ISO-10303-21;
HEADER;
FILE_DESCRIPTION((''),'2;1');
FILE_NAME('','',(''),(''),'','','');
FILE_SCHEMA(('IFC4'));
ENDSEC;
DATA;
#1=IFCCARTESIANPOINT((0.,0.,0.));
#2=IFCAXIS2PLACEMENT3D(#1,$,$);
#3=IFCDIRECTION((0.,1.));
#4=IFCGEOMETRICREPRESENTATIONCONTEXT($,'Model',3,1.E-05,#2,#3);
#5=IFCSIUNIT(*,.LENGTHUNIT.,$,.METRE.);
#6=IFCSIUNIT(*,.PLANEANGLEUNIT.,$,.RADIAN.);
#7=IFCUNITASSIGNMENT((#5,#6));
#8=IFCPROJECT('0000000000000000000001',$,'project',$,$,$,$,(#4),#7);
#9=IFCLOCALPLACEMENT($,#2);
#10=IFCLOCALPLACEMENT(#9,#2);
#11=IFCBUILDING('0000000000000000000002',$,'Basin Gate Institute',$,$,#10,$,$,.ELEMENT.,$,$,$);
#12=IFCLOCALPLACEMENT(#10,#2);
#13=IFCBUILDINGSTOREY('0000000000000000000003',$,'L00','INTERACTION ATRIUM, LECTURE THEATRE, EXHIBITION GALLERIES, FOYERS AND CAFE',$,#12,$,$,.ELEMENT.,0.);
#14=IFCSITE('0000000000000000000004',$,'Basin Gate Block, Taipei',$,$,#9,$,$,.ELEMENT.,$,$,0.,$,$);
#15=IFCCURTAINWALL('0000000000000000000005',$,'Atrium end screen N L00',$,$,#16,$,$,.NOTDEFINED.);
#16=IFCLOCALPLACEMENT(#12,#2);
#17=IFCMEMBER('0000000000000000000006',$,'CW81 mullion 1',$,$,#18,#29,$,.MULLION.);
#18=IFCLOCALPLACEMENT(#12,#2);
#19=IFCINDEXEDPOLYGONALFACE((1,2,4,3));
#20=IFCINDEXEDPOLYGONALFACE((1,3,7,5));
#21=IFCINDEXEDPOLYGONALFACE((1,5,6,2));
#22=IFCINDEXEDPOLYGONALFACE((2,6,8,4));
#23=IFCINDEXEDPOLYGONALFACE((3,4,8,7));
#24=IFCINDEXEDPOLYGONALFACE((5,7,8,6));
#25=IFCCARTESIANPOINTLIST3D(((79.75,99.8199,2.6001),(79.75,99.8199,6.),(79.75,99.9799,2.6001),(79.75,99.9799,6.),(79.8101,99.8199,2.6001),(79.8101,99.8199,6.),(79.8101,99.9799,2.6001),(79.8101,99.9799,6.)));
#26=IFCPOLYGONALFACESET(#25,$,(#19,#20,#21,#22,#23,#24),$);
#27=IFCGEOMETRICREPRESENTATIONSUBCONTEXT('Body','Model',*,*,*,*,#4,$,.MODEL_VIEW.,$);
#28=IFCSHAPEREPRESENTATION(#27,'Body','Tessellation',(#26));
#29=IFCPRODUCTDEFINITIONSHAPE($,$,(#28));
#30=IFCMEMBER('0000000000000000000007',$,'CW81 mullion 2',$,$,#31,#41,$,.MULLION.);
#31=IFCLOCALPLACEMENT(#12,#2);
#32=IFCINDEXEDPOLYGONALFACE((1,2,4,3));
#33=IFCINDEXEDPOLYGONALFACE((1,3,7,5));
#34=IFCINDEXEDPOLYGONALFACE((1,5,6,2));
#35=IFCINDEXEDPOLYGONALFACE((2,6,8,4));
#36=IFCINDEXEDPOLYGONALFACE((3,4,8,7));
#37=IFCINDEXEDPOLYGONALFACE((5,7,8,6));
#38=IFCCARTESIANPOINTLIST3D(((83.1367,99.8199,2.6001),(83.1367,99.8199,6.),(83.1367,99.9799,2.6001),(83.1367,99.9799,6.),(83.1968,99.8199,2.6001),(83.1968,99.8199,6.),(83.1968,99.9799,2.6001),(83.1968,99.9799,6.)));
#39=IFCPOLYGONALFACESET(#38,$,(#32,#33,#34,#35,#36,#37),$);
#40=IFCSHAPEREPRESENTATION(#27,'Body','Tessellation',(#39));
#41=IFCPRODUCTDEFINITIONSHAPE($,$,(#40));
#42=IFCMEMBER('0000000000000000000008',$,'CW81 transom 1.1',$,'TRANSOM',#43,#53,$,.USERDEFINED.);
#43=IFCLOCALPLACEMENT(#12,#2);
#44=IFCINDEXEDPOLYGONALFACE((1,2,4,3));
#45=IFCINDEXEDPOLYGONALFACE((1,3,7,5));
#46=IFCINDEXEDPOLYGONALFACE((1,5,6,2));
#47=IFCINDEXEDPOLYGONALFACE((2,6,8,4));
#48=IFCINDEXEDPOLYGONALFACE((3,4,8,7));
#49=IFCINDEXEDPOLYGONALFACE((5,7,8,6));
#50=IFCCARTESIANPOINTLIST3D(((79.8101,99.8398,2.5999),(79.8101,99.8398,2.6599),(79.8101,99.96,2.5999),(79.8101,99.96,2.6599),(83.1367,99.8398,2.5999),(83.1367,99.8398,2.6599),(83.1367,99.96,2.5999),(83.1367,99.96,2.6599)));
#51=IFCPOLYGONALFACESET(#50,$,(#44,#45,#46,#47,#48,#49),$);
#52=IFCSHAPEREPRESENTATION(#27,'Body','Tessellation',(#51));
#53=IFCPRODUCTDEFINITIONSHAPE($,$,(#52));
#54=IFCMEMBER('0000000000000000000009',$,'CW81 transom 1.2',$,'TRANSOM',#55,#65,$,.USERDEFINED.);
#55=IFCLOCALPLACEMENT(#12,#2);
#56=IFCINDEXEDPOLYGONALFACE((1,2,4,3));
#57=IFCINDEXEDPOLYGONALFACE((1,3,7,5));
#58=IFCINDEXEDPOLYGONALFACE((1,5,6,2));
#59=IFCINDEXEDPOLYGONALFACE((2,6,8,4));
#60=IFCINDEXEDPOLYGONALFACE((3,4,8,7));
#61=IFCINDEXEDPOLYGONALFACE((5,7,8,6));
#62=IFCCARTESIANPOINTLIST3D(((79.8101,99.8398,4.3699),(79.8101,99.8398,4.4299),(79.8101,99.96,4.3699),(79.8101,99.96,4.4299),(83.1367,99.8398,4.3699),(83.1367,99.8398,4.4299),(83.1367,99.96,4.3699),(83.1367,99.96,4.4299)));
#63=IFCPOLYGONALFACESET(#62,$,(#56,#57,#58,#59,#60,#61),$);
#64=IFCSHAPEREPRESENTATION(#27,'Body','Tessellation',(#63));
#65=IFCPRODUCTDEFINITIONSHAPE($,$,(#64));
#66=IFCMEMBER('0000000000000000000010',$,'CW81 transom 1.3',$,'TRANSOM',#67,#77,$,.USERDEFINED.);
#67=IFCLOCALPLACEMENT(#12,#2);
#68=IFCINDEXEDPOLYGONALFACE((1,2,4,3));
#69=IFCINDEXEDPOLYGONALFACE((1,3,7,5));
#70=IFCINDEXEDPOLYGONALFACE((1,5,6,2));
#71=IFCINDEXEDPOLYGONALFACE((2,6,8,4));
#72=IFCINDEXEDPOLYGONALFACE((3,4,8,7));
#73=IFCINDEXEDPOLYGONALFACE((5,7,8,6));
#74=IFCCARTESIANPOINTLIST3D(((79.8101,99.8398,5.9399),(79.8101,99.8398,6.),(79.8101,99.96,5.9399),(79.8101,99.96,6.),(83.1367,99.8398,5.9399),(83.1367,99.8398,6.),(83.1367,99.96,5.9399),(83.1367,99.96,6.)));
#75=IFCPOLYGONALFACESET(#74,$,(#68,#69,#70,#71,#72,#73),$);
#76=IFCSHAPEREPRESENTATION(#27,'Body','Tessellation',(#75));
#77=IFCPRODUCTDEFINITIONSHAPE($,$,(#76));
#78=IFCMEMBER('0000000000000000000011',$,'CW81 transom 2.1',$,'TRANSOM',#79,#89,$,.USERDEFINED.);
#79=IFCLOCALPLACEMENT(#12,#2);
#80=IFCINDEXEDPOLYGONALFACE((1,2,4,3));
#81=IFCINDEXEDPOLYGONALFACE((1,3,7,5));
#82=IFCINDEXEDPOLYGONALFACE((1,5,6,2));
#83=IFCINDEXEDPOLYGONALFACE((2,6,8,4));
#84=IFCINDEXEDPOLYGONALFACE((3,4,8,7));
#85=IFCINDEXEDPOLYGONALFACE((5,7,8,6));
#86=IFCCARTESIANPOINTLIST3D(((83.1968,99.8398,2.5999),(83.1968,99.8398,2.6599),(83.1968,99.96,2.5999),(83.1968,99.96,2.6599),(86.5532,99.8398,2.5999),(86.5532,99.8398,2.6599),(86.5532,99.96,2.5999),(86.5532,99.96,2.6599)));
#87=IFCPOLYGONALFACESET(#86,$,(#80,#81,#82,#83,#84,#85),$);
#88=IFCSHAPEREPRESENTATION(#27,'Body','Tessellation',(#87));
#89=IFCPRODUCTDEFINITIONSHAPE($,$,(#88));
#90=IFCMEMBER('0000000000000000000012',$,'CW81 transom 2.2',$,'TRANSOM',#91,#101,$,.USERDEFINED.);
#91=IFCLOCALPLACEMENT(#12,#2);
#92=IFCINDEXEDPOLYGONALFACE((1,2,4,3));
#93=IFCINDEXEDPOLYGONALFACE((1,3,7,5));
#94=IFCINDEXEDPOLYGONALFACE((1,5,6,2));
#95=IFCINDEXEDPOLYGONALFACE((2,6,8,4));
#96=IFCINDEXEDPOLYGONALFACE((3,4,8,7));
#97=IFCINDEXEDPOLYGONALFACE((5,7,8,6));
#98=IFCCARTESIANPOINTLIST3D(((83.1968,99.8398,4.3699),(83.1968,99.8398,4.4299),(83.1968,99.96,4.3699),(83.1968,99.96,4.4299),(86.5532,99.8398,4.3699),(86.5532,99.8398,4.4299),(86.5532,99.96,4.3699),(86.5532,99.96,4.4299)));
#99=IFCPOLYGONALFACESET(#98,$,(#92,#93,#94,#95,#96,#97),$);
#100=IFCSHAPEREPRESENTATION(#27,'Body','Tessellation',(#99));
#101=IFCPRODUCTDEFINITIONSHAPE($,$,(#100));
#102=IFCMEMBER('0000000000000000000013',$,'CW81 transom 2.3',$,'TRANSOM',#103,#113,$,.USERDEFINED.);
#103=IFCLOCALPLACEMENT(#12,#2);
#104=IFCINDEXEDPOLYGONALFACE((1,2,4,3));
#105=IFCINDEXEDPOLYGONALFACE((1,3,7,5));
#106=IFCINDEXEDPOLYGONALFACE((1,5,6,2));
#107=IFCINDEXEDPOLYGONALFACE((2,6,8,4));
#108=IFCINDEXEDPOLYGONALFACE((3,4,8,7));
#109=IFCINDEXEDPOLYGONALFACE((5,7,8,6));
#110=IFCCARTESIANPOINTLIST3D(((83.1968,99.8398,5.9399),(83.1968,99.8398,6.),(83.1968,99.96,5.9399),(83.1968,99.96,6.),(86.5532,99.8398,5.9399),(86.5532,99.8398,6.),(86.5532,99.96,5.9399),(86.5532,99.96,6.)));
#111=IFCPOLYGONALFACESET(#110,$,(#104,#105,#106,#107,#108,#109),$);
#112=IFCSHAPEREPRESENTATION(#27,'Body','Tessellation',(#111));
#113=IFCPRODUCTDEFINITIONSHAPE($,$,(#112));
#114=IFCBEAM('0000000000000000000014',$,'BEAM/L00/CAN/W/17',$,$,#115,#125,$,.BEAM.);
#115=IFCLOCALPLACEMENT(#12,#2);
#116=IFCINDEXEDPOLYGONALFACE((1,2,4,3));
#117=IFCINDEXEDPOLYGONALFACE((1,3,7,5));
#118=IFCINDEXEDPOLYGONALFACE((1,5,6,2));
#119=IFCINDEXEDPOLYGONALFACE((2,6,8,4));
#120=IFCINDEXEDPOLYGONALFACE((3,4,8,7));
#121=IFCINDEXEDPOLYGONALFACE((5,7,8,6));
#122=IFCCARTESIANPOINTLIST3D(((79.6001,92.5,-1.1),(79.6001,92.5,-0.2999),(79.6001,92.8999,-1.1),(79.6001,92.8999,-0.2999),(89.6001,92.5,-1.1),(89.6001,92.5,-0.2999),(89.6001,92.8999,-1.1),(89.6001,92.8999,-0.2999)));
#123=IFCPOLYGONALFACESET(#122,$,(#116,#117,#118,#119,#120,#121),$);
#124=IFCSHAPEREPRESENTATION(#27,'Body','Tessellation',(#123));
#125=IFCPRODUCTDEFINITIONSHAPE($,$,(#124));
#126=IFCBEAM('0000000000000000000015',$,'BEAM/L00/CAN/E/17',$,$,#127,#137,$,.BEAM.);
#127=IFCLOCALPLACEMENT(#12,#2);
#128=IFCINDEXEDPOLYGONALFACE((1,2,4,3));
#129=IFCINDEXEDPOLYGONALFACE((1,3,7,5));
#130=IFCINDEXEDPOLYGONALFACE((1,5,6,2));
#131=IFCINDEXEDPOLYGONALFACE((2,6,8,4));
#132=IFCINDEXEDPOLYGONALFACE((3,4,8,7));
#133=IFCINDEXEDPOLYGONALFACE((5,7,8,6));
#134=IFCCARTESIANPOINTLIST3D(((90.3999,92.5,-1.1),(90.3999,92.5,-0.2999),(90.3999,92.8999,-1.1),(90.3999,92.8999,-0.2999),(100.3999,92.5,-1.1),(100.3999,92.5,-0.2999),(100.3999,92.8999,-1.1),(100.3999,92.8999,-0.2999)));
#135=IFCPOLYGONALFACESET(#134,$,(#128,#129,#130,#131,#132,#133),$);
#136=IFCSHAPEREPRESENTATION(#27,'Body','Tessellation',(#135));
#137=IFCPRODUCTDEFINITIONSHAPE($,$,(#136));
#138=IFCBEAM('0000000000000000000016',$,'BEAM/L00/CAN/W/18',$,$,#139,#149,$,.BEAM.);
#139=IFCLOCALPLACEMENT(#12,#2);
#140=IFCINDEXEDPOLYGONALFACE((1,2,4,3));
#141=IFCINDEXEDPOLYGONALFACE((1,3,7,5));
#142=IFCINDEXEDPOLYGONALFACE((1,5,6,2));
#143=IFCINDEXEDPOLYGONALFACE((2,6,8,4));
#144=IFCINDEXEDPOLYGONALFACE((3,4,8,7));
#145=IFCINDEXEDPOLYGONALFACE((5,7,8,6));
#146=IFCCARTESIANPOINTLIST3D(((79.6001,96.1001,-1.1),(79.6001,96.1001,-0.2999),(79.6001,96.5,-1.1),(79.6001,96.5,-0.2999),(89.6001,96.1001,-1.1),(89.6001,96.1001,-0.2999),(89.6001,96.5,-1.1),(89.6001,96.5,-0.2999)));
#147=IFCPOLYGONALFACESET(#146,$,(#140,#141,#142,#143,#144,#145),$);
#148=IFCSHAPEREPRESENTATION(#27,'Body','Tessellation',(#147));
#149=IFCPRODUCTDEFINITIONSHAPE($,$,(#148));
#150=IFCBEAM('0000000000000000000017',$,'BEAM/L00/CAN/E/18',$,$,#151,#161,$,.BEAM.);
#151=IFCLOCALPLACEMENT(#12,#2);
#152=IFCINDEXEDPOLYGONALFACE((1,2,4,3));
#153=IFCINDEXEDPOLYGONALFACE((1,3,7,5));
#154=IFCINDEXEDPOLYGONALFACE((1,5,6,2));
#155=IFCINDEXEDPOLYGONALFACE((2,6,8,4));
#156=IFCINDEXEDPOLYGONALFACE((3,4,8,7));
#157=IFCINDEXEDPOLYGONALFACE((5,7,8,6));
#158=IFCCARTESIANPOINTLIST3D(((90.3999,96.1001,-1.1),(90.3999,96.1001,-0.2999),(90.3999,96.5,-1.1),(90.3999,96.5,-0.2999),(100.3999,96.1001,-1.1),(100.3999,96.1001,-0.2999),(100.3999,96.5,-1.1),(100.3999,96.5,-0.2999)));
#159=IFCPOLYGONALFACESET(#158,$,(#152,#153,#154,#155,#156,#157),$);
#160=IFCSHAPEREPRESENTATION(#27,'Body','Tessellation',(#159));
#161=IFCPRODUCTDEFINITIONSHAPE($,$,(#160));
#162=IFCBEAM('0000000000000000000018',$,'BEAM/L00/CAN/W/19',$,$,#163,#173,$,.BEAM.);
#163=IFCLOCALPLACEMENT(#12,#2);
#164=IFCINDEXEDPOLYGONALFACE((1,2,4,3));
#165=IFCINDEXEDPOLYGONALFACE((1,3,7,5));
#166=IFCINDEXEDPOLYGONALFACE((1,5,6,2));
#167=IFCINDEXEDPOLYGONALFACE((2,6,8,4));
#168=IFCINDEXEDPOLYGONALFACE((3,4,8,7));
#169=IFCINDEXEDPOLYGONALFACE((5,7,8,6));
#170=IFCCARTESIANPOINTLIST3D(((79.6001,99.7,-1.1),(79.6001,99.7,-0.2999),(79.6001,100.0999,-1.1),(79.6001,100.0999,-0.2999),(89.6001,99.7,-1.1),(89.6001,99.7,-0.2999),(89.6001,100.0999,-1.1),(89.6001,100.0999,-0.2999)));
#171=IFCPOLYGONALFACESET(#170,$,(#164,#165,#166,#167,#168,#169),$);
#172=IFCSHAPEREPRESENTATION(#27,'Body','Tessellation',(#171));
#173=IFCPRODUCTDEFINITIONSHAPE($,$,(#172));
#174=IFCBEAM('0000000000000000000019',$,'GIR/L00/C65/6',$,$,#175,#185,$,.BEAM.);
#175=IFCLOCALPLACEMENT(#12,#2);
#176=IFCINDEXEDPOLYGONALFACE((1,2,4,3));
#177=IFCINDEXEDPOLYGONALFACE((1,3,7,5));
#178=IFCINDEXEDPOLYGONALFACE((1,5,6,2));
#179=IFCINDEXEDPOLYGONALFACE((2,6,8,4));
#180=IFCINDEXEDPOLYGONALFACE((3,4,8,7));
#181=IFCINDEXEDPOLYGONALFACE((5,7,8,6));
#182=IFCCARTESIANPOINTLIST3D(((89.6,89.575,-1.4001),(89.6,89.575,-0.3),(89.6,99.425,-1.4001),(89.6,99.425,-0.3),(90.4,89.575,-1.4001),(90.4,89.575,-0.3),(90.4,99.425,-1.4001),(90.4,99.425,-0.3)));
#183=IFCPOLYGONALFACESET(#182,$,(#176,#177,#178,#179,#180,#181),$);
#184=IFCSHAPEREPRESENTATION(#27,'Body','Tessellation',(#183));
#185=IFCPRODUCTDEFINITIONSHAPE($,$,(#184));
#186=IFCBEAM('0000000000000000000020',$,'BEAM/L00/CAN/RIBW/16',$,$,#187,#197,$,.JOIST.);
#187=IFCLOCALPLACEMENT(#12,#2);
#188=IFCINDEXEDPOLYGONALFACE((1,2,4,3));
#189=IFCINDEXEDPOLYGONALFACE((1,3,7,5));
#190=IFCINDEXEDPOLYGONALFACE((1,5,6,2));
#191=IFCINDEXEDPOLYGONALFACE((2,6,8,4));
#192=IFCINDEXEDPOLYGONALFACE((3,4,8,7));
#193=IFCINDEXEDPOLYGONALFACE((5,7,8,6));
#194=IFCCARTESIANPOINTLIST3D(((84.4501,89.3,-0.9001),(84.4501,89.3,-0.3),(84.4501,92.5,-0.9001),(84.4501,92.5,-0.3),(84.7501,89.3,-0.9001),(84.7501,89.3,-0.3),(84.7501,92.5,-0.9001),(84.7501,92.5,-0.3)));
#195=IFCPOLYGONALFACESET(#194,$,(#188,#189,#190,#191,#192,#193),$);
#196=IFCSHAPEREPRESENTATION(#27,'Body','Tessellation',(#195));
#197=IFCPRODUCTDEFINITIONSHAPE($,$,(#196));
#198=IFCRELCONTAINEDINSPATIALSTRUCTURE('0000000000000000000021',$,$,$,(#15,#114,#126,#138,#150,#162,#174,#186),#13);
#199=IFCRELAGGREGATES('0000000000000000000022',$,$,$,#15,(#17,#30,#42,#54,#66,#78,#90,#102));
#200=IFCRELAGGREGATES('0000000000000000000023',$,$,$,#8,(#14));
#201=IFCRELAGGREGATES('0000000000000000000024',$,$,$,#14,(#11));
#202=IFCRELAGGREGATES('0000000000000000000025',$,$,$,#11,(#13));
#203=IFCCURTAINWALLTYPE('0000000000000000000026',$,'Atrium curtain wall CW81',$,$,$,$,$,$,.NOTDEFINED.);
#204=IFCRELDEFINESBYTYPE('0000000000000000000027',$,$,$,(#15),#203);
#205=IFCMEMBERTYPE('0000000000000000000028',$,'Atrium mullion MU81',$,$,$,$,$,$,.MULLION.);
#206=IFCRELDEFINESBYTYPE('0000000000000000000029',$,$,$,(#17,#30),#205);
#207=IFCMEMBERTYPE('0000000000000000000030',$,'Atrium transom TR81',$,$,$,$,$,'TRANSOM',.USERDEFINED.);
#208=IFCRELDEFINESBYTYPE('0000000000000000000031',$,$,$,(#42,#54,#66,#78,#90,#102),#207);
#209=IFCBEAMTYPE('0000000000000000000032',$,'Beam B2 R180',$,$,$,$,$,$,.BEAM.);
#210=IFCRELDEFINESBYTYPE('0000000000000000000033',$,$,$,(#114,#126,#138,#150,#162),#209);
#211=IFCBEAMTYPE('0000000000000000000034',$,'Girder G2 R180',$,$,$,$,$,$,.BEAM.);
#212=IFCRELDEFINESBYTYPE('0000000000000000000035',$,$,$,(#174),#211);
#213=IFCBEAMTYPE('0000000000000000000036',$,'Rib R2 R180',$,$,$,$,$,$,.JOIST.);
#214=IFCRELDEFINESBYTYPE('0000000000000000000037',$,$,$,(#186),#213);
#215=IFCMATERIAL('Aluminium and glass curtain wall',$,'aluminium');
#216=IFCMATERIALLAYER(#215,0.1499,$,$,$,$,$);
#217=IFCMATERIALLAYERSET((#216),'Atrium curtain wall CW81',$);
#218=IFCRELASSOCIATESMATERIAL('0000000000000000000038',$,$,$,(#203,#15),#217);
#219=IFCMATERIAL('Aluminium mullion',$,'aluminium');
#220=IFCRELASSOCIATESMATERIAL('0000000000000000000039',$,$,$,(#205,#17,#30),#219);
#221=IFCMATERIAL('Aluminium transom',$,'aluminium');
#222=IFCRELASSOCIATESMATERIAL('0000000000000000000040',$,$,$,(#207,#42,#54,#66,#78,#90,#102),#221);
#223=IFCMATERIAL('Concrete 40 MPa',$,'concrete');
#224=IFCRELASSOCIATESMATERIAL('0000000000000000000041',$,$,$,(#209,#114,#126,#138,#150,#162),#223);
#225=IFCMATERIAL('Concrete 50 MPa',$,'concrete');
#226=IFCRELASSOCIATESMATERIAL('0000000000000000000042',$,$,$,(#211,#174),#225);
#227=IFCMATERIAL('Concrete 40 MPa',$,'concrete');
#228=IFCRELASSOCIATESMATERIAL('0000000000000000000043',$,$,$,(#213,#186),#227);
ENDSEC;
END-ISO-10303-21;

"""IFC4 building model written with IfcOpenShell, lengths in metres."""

from ifc_helpers import new_model, si_unit, direction, frame, origin, origin_2d, place, context, subcontext, project, spatial, rectangle, extrude, material, layer, layer_set, material_profile, profile_set, type_object, element, aggregate, save


model = new_model("IFC4")

# Units and contexts
model_context = context("Model", 3, precision=1e-05, world=origin(), true_north=direction((0.0, 1.0)))
body_context = subcontext(model_context, "Body", "Model", "MODEL_VIEW")
ifc_project = project(units=[si_unit("LENGTHUNIT", "METRE"), si_unit("PLANEANGLEUNIT", "RADIAN")], contexts=[model_context])

# Site, building, storey
site_placement = place(None, origin())
site = spatial("IfcSite", under=ifc_project, at=site_placement, Name="Basin Gate Block, Taipei", CompositionType="ELEMENT", RefElevation=0.0)
building_placement = place(site_placement, origin())
building = spatial("IfcBuilding", under=site, at=building_placement, Name="Basin Gate Institute", CompositionType="ELEMENT")
storey_placement = place(building_placement, origin())
storey = spatial("IfcBuildingStorey", under=building, at=storey_placement, Name="L00", Description="INTERACTION ATRIUM, LECTURE THEATRE, EXHIBITION GALLERIES, FOYERS AND CAFE", CompositionType="ELEMENT", Elevation=0.0)

# Curtain wall, members
ifc_material_1 = material(Name="Aluminium and glass curtain wall", Category="aluminium")
ifc_layer_1 = layer(ifc_material_1, 0.1499)
ifc_layer_set_1 = layer_set([ifc_layer_1], Name="Atrium curtain wall CW81")
curtain_wall_type = type_object("IfcCurtainWallType", Name="Atrium curtain wall CW81", PredefinedType="NOTDEFINED", material=ifc_layer_set_1)
curtain_wall_placement = place(storey_placement, origin())
curtain_wall = element("IfcCurtainWall", 1, at=curtain_wall_placement, inside=storey, type_object=curtain_wall_type, material=ifc_layer_set_1, Name="Atrium end screen N L00", PredefinedType="NOTDEFINED")
ifc_material_2 = material(Name="Aluminium mullion", Category="aluminium")
ifc_material_profile_1 = material_profile(ifc_material_2, rectangle(XDim=0.1599, YDim=0.0601, at=origin_2d()), Name="Atrium mullion MU81 160 x 60")
ifc_profile_set_1 = profile_set([ifc_material_profile_1], Name="Aluminium mullion")
member_type_1 = type_object("IfcMemberType", Name="Atrium mullion MU81", PredefinedType="MULLION", material=ifc_profile_set_1)
member_1_placement = place(storey_placement, frame((79.78, 99.8999, 2.6001), z_axis=(0.0, 0.0, 1.0), x_axis=(0.0, 1.0, 0.0)))
member_1 = element("IfcMember", 2, at=member_1_placement, type_object=member_type_1, material=ifc_profile_set_1, Name="CW81 mullion 1", PredefinedType="MULLION", context=body_context, shape_type="SweptSolid", body=[
    extrude(rectangle(XDim=0.1599, YDim=0.0601, at=origin_2d()), origin(), (0.0, 0.0, 1.0), 3.3999),
])
member_2_placement = place(storey_placement, frame((83.1667, 99.8999, 2.6001), z_axis=(0.0, 0.0, 1.0), x_axis=(0.0, 1.0, 0.0)))
member_2 = element("IfcMember", 3, at=member_2_placement, type_object=member_type_1, material=ifc_profile_set_1, Name="CW81 mullion 2", PredefinedType="MULLION", context=body_context, shape_type="SweptSolid", body=[
    extrude(rectangle(XDim=0.1599, YDim=0.0601, at=origin_2d()), origin(), (0.0, 0.0, 1.0), 3.3999),
])
ifc_material_3 = material(Name="Aluminium transom", Category="aluminium")
ifc_material_profile_2 = material_profile(ifc_material_3, rectangle(XDim=0.1201, YDim=0.0601, at=origin_2d()), Name="Atrium transom TR81 120 x 60")
ifc_profile_set_2 = profile_set([ifc_material_profile_2], Name="Aluminium transom")
member_type_2 = type_object("IfcMemberType", Name="Atrium transom TR81", ElementType="TRANSOM", PredefinedType="USERDEFINED", material=ifc_profile_set_2)
member_3_placement = place(storey_placement, frame((79.8101, 99.8999, 2.6299), z_axis=(1.0, 0.0, 0.0), x_axis=(0.0, 1.0, 0.0)))
member_3 = element("IfcMember", 4, at=member_3_placement, type_object=member_type_2, material=ifc_profile_set_2, Name="CW81 transom 1.1", ObjectType="TRANSOM", PredefinedType="USERDEFINED", context=body_context, shape_type="SweptSolid", body=[
    extrude(rectangle(XDim=0.1201, YDim=0.0601, at=origin_2d()), origin(), (0.0, 0.0, 1.0), 3.3267),
])
member_4_placement = place(storey_placement, frame((79.8101, 99.8999, 4.3999), z_axis=(1.0, 0.0, 0.0), x_axis=(0.0, 1.0, 0.0)))
member_4 = element("IfcMember", 5, at=member_4_placement, type_object=member_type_2, material=ifc_profile_set_2, Name="CW81 transom 1.2", ObjectType="TRANSOM", PredefinedType="USERDEFINED", context=body_context, shape_type="SweptSolid", body=[
    extrude(rectangle(XDim=0.1201, YDim=0.0601, at=origin_2d()), origin(), (0.0, 0.0, 1.0), 3.3267),
])
member_5_placement = place(storey_placement, frame((79.8101, 99.8999, 5.97), z_axis=(1.0, 0.0, 0.0), x_axis=(0.0, 1.0, 0.0)))
member_5 = element("IfcMember", 6, at=member_5_placement, type_object=member_type_2, material=ifc_profile_set_2, Name="CW81 transom 1.3", ObjectType="TRANSOM", PredefinedType="USERDEFINED", context=body_context, shape_type="SweptSolid", body=[
    extrude(rectangle(XDim=0.1201, YDim=0.0601, at=origin_2d()), origin(), (0.0, 0.0, 1.0), 3.3267),
])
member_6_placement = place(storey_placement, frame((83.1968, 99.8999, 2.6299), z_axis=(1.0, 0.0, 0.0), x_axis=(0.0, 1.0, 0.0)))
member_6 = element("IfcMember", 7, at=member_6_placement, type_object=member_type_2, material=ifc_profile_set_2, Name="CW81 transom 2.1", ObjectType="TRANSOM", PredefinedType="USERDEFINED", context=body_context, shape_type="SweptSolid", body=[
    extrude(rectangle(XDim=0.1201, YDim=0.0601, at=origin_2d()), origin(), (0.0, 0.0, 1.0), 3.3564),
])
member_7_placement = place(storey_placement, frame((83.1968, 99.8999, 4.3999), z_axis=(1.0, 0.0, 0.0), x_axis=(0.0, 1.0, 0.0)))
member_7 = element("IfcMember", 8, at=member_7_placement, type_object=member_type_2, material=ifc_profile_set_2, Name="CW81 transom 2.2", ObjectType="TRANSOM", PredefinedType="USERDEFINED", context=body_context, shape_type="SweptSolid", body=[
    extrude(rectangle(XDim=0.1201, YDim=0.0601, at=origin_2d()), origin(), (0.0, 0.0, 1.0), 3.3564),
])
member_8_placement = place(storey_placement, frame((83.1968, 99.8999, 5.97), z_axis=(1.0, 0.0, 0.0), x_axis=(0.0, 1.0, 0.0)))
member_8 = element("IfcMember", 9, at=member_8_placement, type_object=member_type_2, material=ifc_profile_set_2, Name="CW81 transom 2.3", ObjectType="TRANSOM", PredefinedType="USERDEFINED", context=body_context, shape_type="SweptSolid", body=[
    extrude(rectangle(XDim=0.1201, YDim=0.0601, at=origin_2d()), origin(), (0.0, 0.0, 1.0), 3.3564),
])

# Beams
ifc_material_4 = material(Name="Concrete 40 MPa", Category="concrete")
ifc_material_profile_3 = material_profile(ifc_material_4, rectangle(XDim=0.3999, YDim=0.8, at=origin_2d()), Name="Beam B2 400 x 800")
ifc_profile_set_3 = profile_set([ifc_material_profile_3], Name="Concrete 40 MPa")
beam_type_1 = type_object("IfcBeamType", Name="Beam B2 R180", PredefinedType="BEAM", material=ifc_profile_set_3)
for number, where, z_axis, x_axis, name in (
    (10, (79.6001, 92.7, -0.7), (1.0, 0.0, 0.0), (0.0, 1.0, 0.0), "BEAM/L00/CAN/W/17"),
    (11, (90.3999, 92.7, -0.7), (1.0, 0.0, 0.0), (0.0, 1.0, 0.0), "BEAM/L00/CAN/E/17"),
    (12, (79.6001, 96.3, -0.7), (1.0, 0.0, 0.0), (0.0, 1.0, 0.0), "BEAM/L00/CAN/W/18"),
    (13, (90.3999, 96.3, -0.7), (1.0, 0.0, 0.0), (0.0, 1.0, 0.0), "BEAM/L00/CAN/E/18"),
    (14, (79.6001, 99.8999, -0.7), (1.0, 0.0, 0.0), (0.0, 1.0, 0.0), "BEAM/L00/CAN/W/19"),
):
    element("IfcBeam", number, at=place(storey_placement, frame(where, z_axis=z_axis, x_axis=x_axis)), inside=storey, type_object=beam_type_1, material=ifc_profile_set_3, Name=name, PredefinedType="BEAM", context=body_context, shape_type="SweptSolid", body=[
        extrude(rectangle(XDim=0.3999, YDim=0.8, at=origin_2d()), origin(), (0.0, 0.0, 1.0), 10.0),
    ])
ifc_material_5 = material(Name="Concrete 50 MPa", Category="concrete")
ifc_material_profile_4 = material_profile(ifc_material_5, rectangle(XDim=0.8, YDim=1.1001, at=origin_2d()), Name="Girder G2 800 x 1100")
ifc_profile_set_4 = profile_set([ifc_material_profile_4], Name="Concrete 50 MPa")
beam_type_2 = type_object("IfcBeamType", Name="Girder G2 R180", PredefinedType="BEAM", material=ifc_profile_set_4)
beam_1_placement = place(storey_placement, frame((90.0, 89.575, -0.8501), z_axis=(0.0, 1.0, 0.0), x_axis=(-1.0, 0.0, 0.0)))
element("IfcBeam", 15, at=beam_1_placement, inside=storey, type_object=beam_type_2, material=ifc_profile_set_4, Name="GIR/L00/C65/6", PredefinedType="BEAM", context=body_context, shape_type="SweptSolid", body=[
    extrude(rectangle(XDim=0.8, YDim=1.1001, at=origin_2d()), origin(), (0.0, 0.0, 1.0), 9.8501),
])
ifc_material_6 = material(Name="Concrete 40 MPa", Category="concrete")
ifc_material_profile_5 = material_profile(ifc_material_6, rectangle(XDim=0.3, YDim=0.6001, at=origin_2d()), Name="Rib R2 300 x 600")
ifc_profile_set_5 = profile_set([ifc_material_profile_5], Name="Concrete 40 MPa")
beam_type_3 = type_object("IfcBeamType", Name="Rib R2 R180", PredefinedType="JOIST", material=ifc_profile_set_5)
beam_2_placement = place(storey_placement, frame((84.6001, 89.3, -0.6001), z_axis=(0.0, 1.0, 0.0), x_axis=(-1.0, 0.0, 0.0)))
element("IfcBeam", 16, at=beam_2_placement, inside=storey, type_object=beam_type_3, material=ifc_profile_set_5, Name="BEAM/L00/CAN/RIBW/16", PredefinedType="JOIST", context=body_context, shape_type="SweptSolid", body=[
    extrude(rectangle(XDim=0.3, YDim=0.6001, at=origin_2d()), origin(), (0.0, 0.0, 1.0), 3.2),
])

aggregate(curtain_wall, [member_1, member_2, member_3, member_4, member_5, member_6, member_7, member_8])

save(model, "model.ifc")
